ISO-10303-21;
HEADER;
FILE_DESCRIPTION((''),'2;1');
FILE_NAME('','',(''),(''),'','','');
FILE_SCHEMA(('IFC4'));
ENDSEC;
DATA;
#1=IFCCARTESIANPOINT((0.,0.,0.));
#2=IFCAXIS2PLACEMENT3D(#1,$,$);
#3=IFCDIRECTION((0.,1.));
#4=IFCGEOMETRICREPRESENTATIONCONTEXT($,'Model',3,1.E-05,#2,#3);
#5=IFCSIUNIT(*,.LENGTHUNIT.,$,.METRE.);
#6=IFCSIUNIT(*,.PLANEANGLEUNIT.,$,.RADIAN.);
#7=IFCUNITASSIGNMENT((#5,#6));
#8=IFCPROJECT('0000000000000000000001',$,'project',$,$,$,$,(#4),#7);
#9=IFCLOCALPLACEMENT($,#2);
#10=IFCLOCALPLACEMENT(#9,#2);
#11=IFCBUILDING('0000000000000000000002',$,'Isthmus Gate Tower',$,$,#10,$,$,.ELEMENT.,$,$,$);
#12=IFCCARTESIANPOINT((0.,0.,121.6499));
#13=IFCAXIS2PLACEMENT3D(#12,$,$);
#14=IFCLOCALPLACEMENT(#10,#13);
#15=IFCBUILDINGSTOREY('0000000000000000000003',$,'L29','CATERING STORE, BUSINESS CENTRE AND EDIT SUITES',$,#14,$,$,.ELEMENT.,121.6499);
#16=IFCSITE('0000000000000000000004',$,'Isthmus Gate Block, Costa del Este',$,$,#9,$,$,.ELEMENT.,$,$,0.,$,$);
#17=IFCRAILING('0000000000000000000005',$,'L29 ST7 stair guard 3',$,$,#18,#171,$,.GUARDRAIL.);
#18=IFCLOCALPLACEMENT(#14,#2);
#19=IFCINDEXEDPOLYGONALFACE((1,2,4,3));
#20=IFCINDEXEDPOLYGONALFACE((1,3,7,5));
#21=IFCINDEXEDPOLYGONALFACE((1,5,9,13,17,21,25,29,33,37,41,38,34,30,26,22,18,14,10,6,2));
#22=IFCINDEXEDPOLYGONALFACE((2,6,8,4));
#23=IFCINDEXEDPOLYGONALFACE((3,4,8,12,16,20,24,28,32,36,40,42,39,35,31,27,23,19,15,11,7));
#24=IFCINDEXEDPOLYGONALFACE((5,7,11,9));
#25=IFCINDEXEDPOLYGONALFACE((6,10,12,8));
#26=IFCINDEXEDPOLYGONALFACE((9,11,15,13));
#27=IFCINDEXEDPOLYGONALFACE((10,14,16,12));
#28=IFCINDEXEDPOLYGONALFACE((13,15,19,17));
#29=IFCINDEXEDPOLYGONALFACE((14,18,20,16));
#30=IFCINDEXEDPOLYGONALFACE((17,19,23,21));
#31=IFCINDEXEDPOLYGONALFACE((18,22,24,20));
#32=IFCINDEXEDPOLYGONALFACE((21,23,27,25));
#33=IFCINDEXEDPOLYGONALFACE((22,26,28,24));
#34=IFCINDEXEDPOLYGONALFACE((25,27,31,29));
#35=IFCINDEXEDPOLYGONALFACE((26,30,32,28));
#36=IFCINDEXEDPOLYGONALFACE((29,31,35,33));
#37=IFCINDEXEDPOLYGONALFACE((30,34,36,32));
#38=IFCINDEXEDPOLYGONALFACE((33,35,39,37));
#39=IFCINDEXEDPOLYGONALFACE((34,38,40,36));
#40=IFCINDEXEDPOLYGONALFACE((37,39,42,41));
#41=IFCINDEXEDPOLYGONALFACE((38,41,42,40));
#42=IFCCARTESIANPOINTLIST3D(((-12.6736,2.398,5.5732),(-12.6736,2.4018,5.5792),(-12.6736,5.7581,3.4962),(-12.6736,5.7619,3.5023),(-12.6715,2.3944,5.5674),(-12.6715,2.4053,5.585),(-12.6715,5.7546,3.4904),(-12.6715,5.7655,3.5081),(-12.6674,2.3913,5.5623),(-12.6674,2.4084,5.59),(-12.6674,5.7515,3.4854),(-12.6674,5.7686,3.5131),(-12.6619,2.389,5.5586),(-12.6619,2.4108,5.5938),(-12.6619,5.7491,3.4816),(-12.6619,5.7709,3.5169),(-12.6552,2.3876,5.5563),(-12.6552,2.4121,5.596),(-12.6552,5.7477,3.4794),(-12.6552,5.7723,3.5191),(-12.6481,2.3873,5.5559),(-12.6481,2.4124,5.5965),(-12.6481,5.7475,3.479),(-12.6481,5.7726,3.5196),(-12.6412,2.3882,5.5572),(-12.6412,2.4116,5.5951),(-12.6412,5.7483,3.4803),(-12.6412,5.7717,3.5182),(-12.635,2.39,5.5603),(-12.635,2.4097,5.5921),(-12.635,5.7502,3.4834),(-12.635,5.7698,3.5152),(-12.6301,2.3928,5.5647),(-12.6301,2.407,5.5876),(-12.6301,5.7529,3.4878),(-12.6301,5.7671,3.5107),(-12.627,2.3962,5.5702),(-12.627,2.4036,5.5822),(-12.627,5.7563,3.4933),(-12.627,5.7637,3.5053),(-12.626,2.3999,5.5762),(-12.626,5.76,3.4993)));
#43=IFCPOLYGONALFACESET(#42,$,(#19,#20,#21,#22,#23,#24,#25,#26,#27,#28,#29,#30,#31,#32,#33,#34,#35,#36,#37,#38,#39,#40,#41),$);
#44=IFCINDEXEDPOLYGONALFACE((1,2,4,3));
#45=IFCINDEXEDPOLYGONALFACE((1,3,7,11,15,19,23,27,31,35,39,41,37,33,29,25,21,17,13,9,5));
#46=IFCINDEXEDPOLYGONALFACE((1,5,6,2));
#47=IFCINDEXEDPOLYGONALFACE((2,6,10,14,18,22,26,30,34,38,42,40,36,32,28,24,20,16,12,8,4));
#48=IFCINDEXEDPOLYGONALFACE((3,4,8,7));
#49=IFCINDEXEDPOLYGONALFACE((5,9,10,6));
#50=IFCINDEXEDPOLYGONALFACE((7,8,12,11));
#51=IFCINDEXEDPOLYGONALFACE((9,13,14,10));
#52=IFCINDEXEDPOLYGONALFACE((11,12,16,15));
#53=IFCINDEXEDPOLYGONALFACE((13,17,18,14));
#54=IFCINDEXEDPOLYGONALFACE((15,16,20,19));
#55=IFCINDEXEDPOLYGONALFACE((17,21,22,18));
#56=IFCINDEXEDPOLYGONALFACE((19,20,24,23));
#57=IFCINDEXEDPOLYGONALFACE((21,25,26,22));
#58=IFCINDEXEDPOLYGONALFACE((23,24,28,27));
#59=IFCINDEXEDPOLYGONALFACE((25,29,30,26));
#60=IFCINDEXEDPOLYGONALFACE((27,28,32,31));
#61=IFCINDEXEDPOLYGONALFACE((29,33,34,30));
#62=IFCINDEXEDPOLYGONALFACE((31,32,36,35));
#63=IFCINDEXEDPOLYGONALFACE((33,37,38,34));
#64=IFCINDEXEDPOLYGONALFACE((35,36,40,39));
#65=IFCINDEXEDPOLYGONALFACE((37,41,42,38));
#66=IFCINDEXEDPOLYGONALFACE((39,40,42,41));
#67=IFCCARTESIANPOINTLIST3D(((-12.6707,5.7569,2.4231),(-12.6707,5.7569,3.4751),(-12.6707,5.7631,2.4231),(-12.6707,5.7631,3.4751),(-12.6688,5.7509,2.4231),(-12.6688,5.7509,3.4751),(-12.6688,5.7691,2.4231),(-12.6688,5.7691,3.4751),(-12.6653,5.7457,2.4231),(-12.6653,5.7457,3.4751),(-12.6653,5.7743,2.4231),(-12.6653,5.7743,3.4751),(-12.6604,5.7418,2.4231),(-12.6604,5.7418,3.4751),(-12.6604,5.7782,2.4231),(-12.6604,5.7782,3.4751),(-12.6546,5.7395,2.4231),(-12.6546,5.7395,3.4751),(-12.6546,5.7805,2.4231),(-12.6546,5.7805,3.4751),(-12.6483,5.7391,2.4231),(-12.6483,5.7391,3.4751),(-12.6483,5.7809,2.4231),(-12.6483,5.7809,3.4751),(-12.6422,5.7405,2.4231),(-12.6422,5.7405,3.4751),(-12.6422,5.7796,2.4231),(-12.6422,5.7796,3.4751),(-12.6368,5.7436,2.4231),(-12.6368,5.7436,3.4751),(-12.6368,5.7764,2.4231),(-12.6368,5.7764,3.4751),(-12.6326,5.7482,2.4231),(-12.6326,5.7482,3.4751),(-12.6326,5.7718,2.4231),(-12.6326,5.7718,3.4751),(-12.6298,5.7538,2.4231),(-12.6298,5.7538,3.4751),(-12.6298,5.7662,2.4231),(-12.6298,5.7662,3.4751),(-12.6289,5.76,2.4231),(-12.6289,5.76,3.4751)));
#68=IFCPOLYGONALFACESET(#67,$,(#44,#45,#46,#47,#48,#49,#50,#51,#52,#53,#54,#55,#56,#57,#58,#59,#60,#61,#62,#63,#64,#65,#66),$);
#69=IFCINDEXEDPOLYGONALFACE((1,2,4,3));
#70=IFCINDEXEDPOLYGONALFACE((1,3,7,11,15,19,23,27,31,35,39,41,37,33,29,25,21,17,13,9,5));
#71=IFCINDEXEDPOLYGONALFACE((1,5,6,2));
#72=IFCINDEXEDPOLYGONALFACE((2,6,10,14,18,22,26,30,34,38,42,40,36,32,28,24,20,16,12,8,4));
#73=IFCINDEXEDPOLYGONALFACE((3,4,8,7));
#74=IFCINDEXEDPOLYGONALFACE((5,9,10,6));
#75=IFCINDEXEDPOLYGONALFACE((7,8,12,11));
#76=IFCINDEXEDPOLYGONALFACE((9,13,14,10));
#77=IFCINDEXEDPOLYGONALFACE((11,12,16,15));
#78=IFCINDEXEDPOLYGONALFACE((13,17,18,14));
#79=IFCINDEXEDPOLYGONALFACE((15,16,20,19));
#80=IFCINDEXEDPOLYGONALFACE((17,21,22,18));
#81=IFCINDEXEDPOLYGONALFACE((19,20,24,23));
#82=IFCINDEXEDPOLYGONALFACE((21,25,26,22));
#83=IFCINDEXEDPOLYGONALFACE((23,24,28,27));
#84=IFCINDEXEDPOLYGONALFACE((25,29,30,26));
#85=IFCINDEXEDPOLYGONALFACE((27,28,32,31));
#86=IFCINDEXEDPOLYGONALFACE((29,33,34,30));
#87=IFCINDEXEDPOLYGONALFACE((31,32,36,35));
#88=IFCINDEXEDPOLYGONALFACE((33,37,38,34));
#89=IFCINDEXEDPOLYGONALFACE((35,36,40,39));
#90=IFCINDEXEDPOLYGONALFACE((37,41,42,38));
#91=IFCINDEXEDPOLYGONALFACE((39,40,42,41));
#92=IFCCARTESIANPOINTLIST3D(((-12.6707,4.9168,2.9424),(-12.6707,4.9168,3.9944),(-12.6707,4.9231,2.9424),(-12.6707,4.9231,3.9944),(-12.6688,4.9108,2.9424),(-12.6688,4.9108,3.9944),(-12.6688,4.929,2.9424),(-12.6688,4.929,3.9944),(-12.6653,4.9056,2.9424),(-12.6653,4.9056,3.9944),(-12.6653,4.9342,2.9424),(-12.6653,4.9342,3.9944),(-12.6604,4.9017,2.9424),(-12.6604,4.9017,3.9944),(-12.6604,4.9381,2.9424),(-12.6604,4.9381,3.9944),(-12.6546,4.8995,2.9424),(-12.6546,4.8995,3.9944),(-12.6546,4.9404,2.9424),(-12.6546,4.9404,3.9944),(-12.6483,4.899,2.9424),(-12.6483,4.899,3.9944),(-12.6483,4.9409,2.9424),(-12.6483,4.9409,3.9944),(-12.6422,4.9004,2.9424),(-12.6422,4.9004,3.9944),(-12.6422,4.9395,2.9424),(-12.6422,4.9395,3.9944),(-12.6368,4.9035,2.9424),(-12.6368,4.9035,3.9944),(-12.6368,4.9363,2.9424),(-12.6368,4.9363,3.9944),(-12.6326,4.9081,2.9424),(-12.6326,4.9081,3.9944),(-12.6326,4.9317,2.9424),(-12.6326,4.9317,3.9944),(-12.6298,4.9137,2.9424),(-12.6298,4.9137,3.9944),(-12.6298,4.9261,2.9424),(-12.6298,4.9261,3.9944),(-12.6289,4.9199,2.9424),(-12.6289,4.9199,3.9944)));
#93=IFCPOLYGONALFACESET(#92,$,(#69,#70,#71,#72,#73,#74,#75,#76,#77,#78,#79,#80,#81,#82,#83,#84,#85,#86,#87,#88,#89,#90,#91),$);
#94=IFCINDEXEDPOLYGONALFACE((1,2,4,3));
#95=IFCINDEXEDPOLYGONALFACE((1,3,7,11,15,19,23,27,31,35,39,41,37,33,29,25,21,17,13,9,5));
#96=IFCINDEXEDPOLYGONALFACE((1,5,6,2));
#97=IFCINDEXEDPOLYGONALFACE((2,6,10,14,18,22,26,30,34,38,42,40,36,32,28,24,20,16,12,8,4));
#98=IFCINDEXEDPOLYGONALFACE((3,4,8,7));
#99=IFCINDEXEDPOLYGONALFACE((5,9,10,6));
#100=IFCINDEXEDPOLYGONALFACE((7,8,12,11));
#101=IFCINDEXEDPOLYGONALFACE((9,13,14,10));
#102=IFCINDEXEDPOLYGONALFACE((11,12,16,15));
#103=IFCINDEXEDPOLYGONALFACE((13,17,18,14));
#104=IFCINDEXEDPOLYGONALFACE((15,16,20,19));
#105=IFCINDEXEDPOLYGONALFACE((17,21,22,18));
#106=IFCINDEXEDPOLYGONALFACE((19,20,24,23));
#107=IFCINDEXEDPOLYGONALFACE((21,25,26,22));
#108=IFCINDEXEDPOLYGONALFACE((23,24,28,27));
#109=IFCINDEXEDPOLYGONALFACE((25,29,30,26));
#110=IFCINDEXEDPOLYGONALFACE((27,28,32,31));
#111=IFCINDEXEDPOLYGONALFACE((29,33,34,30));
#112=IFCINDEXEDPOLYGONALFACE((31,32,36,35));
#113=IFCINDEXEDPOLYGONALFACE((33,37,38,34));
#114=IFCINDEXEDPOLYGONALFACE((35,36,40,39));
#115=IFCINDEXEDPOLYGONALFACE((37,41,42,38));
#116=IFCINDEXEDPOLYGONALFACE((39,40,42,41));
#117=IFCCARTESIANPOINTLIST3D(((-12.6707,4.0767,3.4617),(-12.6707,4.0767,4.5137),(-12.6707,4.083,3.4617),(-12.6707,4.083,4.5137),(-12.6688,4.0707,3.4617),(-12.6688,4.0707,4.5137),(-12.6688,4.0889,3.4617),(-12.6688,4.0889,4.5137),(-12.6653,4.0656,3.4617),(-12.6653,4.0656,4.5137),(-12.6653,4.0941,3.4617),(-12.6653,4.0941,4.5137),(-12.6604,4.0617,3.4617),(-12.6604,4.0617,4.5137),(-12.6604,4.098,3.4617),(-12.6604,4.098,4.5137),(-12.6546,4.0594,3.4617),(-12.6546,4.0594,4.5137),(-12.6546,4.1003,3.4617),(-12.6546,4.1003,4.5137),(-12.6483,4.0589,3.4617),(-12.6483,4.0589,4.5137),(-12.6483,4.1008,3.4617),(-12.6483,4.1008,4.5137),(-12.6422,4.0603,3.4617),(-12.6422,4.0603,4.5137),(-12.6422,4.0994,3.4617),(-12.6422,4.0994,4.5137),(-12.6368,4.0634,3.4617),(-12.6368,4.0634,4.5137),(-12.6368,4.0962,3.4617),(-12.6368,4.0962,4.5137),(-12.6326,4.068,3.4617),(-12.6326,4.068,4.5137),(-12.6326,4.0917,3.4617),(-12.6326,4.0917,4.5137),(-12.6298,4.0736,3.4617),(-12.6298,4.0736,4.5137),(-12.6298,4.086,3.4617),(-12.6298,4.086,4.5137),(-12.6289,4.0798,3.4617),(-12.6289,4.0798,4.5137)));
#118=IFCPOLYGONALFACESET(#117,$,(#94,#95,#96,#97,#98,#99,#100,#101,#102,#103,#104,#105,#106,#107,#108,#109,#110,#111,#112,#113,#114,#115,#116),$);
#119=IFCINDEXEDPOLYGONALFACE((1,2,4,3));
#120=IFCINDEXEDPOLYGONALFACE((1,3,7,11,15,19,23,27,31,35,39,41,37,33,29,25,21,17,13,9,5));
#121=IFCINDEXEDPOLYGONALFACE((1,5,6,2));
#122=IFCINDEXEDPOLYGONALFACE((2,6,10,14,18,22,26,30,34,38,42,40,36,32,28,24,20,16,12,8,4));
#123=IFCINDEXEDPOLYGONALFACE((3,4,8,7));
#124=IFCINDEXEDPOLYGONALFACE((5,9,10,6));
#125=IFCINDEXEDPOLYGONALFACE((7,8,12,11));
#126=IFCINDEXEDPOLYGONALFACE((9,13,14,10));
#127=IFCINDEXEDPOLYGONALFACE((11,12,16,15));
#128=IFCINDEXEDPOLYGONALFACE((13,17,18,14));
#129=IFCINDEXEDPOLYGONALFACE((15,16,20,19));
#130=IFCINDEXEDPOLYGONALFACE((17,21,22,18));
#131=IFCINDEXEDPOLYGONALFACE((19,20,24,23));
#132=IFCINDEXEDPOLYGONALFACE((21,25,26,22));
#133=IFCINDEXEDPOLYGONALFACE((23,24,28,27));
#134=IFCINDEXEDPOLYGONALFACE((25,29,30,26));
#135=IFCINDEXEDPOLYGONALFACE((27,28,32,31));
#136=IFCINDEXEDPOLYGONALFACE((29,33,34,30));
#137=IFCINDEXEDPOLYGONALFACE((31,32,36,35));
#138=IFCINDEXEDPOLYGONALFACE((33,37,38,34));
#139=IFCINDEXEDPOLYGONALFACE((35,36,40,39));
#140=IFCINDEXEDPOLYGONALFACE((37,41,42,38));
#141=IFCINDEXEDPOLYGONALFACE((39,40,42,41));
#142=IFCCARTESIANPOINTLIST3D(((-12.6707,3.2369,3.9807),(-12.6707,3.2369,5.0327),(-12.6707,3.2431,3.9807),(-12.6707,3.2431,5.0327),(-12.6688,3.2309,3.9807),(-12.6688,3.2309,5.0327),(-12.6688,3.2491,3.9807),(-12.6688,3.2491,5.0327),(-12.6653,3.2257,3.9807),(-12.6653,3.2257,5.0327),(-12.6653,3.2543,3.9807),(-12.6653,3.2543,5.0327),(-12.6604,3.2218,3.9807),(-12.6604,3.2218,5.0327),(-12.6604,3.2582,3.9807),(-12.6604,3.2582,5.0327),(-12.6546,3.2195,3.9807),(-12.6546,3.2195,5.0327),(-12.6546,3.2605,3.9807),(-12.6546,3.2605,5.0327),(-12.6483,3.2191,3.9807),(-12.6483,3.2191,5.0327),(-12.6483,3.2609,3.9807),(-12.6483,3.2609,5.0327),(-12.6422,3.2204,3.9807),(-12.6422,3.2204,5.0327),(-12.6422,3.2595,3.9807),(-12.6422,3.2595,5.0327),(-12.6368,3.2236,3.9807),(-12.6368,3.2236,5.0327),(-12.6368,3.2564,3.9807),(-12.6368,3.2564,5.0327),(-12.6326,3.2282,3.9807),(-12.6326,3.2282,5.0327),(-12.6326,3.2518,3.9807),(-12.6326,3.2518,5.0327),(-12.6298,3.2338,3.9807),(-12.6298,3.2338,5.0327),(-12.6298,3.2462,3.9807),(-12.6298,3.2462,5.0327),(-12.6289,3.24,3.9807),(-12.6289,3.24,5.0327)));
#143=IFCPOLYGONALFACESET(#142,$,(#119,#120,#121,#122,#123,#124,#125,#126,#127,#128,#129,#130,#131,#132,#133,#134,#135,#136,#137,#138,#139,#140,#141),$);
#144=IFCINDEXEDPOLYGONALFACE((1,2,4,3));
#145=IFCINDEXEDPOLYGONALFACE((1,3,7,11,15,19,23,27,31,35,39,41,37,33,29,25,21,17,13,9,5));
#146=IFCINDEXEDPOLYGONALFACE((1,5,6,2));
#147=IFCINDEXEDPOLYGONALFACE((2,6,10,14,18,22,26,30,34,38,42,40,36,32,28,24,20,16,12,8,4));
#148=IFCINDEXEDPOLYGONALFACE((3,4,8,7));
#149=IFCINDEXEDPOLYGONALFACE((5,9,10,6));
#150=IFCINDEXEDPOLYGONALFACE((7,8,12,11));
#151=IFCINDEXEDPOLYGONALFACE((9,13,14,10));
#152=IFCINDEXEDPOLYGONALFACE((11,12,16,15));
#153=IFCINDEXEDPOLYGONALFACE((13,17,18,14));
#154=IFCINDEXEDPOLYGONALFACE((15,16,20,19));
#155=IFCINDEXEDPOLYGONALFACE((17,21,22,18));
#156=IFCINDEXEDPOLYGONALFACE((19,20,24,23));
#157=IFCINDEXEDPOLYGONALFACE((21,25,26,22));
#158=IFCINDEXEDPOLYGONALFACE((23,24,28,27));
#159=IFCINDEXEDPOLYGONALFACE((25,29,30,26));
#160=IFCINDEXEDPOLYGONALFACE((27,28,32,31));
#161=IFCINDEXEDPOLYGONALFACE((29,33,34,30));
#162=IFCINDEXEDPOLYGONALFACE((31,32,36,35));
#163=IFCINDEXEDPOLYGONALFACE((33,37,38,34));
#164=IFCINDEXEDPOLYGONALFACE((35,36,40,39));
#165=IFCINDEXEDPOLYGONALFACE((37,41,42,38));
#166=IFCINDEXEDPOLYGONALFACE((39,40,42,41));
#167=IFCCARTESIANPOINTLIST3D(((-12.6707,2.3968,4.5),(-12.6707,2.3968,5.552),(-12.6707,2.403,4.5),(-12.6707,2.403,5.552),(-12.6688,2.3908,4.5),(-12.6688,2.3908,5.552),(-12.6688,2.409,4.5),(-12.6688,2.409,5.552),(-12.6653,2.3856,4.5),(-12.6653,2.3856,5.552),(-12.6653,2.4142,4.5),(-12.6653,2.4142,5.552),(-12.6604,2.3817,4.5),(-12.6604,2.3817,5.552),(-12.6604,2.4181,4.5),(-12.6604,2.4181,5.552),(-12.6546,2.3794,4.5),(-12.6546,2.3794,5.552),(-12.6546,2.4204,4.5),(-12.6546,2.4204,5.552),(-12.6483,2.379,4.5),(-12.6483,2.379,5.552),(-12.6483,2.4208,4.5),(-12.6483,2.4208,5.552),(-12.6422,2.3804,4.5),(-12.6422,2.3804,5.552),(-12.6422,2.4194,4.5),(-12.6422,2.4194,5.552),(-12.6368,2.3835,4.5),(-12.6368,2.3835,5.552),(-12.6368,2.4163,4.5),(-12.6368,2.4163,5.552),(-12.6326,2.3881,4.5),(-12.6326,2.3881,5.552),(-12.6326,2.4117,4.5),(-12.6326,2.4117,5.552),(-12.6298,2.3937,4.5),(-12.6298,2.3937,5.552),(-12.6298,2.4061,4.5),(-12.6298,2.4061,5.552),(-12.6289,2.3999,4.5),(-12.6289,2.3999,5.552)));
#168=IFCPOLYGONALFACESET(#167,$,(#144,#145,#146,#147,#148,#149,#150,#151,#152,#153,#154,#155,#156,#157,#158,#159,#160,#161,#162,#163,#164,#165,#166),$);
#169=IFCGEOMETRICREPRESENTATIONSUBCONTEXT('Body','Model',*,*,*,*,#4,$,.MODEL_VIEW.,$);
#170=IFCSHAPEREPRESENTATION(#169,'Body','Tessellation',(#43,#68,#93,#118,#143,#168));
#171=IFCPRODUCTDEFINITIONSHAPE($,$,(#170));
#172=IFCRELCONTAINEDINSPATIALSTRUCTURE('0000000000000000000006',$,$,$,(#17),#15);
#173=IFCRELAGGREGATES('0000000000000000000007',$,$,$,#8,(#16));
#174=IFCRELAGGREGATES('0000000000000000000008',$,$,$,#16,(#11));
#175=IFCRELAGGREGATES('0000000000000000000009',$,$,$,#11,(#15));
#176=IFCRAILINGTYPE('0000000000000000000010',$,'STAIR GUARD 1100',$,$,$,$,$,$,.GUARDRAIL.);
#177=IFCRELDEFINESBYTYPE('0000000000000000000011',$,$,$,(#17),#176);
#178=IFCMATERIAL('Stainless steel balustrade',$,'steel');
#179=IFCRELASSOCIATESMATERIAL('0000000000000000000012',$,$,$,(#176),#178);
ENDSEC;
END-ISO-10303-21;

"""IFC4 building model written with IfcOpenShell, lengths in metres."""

from ifc_helpers import new_model, si_unit, direction, frame, origin, origin_2d, place, context, subcontext, project, spatial, circle, extrude, material, type_object, element, save


model = new_model("IFC4")

# Units and contexts
model_context = context("Model", 3, precision=1e-05, world=origin(), true_north=direction((0.0, 1.0)))
body_context = subcontext(model_context, "Body", "Model", "MODEL_VIEW")
ifc_project = project(units=[si_unit("LENGTHUNIT", "METRE"), si_unit("PLANEANGLEUNIT", "RADIAN")], contexts=[model_context])

# Site, building, storey
site_placement = place(None, origin())
site = spatial("IfcSite", under=ifc_project, at=site_placement, Name="Isthmus Gate Block, Costa del Este", CompositionType="ELEMENT", RefElevation=0.0)
building_placement = place(site_placement, origin())
building = spatial("IfcBuilding", under=site, at=building_placement, Name="Isthmus Gate Tower", CompositionType="ELEMENT")
storey_placement = place(building_placement, frame((0.0, 0.0, 121.6499)))
storey = spatial("IfcBuildingStorey", under=building, at=storey_placement, Name="L29", Description="CATERING STORE, BUSINESS CENTRE AND EDIT SUITES", CompositionType="ELEMENT", Elevation=121.6499)

# Railing
ifc_material_1 = material(Name="Stainless steel balustrade", Category="steel")
railing_type_1 = type_object("IfcRailingType", Name="STAIR GUARD 1100", PredefinedType="GUARDRAIL", material=ifc_material_1)
railing_1_placement = place(storey_placement, frame((-12.6499, 5.76, 2.4231)))
element("IfcRailing", 1, at=railing_1_placement, inside=storey, type_object=railing_type_1, Name="L29 ST7 stair guard 3", PredefinedType="GUARDRAIL", context=body_context, shape_type="SweptSolid", body=[
    extrude(circle(Radius=0.0239, at=origin_2d()), frame((0.0, 0.0, 1.0762), z_axis=(0.0, -0.850623, 0.525776), x_axis=(1.0, 0.0, 0.0)), (0.0, 0.0, 1.0), 3.9502),
    extrude(circle(Radius=0.021, at=origin_2d()), origin(), (0.0, 0.0, 1.0), 1.052),
    extrude(circle(Radius=0.021, at=origin_2d()), frame((0.0, -0.8401, 0.5193)), (0.0, 0.0, 1.0), 1.052),
    extrude(circle(Radius=0.021, at=origin_2d()), frame((0.0, -1.6802, 1.0386)), (0.0, 0.0, 1.0), 1.052),
    extrude(circle(Radius=0.021, at=origin_2d()), frame((0.0, -2.52, 1.5576)), (0.0, 0.0, 1.0), 1.052),
    extrude(circle(Radius=0.021, at=origin_2d()), frame((0.0, -3.3601, 2.0769)), (0.0, 0.0, 1.0), 1.052),
])

save(model, "model.ifc")
